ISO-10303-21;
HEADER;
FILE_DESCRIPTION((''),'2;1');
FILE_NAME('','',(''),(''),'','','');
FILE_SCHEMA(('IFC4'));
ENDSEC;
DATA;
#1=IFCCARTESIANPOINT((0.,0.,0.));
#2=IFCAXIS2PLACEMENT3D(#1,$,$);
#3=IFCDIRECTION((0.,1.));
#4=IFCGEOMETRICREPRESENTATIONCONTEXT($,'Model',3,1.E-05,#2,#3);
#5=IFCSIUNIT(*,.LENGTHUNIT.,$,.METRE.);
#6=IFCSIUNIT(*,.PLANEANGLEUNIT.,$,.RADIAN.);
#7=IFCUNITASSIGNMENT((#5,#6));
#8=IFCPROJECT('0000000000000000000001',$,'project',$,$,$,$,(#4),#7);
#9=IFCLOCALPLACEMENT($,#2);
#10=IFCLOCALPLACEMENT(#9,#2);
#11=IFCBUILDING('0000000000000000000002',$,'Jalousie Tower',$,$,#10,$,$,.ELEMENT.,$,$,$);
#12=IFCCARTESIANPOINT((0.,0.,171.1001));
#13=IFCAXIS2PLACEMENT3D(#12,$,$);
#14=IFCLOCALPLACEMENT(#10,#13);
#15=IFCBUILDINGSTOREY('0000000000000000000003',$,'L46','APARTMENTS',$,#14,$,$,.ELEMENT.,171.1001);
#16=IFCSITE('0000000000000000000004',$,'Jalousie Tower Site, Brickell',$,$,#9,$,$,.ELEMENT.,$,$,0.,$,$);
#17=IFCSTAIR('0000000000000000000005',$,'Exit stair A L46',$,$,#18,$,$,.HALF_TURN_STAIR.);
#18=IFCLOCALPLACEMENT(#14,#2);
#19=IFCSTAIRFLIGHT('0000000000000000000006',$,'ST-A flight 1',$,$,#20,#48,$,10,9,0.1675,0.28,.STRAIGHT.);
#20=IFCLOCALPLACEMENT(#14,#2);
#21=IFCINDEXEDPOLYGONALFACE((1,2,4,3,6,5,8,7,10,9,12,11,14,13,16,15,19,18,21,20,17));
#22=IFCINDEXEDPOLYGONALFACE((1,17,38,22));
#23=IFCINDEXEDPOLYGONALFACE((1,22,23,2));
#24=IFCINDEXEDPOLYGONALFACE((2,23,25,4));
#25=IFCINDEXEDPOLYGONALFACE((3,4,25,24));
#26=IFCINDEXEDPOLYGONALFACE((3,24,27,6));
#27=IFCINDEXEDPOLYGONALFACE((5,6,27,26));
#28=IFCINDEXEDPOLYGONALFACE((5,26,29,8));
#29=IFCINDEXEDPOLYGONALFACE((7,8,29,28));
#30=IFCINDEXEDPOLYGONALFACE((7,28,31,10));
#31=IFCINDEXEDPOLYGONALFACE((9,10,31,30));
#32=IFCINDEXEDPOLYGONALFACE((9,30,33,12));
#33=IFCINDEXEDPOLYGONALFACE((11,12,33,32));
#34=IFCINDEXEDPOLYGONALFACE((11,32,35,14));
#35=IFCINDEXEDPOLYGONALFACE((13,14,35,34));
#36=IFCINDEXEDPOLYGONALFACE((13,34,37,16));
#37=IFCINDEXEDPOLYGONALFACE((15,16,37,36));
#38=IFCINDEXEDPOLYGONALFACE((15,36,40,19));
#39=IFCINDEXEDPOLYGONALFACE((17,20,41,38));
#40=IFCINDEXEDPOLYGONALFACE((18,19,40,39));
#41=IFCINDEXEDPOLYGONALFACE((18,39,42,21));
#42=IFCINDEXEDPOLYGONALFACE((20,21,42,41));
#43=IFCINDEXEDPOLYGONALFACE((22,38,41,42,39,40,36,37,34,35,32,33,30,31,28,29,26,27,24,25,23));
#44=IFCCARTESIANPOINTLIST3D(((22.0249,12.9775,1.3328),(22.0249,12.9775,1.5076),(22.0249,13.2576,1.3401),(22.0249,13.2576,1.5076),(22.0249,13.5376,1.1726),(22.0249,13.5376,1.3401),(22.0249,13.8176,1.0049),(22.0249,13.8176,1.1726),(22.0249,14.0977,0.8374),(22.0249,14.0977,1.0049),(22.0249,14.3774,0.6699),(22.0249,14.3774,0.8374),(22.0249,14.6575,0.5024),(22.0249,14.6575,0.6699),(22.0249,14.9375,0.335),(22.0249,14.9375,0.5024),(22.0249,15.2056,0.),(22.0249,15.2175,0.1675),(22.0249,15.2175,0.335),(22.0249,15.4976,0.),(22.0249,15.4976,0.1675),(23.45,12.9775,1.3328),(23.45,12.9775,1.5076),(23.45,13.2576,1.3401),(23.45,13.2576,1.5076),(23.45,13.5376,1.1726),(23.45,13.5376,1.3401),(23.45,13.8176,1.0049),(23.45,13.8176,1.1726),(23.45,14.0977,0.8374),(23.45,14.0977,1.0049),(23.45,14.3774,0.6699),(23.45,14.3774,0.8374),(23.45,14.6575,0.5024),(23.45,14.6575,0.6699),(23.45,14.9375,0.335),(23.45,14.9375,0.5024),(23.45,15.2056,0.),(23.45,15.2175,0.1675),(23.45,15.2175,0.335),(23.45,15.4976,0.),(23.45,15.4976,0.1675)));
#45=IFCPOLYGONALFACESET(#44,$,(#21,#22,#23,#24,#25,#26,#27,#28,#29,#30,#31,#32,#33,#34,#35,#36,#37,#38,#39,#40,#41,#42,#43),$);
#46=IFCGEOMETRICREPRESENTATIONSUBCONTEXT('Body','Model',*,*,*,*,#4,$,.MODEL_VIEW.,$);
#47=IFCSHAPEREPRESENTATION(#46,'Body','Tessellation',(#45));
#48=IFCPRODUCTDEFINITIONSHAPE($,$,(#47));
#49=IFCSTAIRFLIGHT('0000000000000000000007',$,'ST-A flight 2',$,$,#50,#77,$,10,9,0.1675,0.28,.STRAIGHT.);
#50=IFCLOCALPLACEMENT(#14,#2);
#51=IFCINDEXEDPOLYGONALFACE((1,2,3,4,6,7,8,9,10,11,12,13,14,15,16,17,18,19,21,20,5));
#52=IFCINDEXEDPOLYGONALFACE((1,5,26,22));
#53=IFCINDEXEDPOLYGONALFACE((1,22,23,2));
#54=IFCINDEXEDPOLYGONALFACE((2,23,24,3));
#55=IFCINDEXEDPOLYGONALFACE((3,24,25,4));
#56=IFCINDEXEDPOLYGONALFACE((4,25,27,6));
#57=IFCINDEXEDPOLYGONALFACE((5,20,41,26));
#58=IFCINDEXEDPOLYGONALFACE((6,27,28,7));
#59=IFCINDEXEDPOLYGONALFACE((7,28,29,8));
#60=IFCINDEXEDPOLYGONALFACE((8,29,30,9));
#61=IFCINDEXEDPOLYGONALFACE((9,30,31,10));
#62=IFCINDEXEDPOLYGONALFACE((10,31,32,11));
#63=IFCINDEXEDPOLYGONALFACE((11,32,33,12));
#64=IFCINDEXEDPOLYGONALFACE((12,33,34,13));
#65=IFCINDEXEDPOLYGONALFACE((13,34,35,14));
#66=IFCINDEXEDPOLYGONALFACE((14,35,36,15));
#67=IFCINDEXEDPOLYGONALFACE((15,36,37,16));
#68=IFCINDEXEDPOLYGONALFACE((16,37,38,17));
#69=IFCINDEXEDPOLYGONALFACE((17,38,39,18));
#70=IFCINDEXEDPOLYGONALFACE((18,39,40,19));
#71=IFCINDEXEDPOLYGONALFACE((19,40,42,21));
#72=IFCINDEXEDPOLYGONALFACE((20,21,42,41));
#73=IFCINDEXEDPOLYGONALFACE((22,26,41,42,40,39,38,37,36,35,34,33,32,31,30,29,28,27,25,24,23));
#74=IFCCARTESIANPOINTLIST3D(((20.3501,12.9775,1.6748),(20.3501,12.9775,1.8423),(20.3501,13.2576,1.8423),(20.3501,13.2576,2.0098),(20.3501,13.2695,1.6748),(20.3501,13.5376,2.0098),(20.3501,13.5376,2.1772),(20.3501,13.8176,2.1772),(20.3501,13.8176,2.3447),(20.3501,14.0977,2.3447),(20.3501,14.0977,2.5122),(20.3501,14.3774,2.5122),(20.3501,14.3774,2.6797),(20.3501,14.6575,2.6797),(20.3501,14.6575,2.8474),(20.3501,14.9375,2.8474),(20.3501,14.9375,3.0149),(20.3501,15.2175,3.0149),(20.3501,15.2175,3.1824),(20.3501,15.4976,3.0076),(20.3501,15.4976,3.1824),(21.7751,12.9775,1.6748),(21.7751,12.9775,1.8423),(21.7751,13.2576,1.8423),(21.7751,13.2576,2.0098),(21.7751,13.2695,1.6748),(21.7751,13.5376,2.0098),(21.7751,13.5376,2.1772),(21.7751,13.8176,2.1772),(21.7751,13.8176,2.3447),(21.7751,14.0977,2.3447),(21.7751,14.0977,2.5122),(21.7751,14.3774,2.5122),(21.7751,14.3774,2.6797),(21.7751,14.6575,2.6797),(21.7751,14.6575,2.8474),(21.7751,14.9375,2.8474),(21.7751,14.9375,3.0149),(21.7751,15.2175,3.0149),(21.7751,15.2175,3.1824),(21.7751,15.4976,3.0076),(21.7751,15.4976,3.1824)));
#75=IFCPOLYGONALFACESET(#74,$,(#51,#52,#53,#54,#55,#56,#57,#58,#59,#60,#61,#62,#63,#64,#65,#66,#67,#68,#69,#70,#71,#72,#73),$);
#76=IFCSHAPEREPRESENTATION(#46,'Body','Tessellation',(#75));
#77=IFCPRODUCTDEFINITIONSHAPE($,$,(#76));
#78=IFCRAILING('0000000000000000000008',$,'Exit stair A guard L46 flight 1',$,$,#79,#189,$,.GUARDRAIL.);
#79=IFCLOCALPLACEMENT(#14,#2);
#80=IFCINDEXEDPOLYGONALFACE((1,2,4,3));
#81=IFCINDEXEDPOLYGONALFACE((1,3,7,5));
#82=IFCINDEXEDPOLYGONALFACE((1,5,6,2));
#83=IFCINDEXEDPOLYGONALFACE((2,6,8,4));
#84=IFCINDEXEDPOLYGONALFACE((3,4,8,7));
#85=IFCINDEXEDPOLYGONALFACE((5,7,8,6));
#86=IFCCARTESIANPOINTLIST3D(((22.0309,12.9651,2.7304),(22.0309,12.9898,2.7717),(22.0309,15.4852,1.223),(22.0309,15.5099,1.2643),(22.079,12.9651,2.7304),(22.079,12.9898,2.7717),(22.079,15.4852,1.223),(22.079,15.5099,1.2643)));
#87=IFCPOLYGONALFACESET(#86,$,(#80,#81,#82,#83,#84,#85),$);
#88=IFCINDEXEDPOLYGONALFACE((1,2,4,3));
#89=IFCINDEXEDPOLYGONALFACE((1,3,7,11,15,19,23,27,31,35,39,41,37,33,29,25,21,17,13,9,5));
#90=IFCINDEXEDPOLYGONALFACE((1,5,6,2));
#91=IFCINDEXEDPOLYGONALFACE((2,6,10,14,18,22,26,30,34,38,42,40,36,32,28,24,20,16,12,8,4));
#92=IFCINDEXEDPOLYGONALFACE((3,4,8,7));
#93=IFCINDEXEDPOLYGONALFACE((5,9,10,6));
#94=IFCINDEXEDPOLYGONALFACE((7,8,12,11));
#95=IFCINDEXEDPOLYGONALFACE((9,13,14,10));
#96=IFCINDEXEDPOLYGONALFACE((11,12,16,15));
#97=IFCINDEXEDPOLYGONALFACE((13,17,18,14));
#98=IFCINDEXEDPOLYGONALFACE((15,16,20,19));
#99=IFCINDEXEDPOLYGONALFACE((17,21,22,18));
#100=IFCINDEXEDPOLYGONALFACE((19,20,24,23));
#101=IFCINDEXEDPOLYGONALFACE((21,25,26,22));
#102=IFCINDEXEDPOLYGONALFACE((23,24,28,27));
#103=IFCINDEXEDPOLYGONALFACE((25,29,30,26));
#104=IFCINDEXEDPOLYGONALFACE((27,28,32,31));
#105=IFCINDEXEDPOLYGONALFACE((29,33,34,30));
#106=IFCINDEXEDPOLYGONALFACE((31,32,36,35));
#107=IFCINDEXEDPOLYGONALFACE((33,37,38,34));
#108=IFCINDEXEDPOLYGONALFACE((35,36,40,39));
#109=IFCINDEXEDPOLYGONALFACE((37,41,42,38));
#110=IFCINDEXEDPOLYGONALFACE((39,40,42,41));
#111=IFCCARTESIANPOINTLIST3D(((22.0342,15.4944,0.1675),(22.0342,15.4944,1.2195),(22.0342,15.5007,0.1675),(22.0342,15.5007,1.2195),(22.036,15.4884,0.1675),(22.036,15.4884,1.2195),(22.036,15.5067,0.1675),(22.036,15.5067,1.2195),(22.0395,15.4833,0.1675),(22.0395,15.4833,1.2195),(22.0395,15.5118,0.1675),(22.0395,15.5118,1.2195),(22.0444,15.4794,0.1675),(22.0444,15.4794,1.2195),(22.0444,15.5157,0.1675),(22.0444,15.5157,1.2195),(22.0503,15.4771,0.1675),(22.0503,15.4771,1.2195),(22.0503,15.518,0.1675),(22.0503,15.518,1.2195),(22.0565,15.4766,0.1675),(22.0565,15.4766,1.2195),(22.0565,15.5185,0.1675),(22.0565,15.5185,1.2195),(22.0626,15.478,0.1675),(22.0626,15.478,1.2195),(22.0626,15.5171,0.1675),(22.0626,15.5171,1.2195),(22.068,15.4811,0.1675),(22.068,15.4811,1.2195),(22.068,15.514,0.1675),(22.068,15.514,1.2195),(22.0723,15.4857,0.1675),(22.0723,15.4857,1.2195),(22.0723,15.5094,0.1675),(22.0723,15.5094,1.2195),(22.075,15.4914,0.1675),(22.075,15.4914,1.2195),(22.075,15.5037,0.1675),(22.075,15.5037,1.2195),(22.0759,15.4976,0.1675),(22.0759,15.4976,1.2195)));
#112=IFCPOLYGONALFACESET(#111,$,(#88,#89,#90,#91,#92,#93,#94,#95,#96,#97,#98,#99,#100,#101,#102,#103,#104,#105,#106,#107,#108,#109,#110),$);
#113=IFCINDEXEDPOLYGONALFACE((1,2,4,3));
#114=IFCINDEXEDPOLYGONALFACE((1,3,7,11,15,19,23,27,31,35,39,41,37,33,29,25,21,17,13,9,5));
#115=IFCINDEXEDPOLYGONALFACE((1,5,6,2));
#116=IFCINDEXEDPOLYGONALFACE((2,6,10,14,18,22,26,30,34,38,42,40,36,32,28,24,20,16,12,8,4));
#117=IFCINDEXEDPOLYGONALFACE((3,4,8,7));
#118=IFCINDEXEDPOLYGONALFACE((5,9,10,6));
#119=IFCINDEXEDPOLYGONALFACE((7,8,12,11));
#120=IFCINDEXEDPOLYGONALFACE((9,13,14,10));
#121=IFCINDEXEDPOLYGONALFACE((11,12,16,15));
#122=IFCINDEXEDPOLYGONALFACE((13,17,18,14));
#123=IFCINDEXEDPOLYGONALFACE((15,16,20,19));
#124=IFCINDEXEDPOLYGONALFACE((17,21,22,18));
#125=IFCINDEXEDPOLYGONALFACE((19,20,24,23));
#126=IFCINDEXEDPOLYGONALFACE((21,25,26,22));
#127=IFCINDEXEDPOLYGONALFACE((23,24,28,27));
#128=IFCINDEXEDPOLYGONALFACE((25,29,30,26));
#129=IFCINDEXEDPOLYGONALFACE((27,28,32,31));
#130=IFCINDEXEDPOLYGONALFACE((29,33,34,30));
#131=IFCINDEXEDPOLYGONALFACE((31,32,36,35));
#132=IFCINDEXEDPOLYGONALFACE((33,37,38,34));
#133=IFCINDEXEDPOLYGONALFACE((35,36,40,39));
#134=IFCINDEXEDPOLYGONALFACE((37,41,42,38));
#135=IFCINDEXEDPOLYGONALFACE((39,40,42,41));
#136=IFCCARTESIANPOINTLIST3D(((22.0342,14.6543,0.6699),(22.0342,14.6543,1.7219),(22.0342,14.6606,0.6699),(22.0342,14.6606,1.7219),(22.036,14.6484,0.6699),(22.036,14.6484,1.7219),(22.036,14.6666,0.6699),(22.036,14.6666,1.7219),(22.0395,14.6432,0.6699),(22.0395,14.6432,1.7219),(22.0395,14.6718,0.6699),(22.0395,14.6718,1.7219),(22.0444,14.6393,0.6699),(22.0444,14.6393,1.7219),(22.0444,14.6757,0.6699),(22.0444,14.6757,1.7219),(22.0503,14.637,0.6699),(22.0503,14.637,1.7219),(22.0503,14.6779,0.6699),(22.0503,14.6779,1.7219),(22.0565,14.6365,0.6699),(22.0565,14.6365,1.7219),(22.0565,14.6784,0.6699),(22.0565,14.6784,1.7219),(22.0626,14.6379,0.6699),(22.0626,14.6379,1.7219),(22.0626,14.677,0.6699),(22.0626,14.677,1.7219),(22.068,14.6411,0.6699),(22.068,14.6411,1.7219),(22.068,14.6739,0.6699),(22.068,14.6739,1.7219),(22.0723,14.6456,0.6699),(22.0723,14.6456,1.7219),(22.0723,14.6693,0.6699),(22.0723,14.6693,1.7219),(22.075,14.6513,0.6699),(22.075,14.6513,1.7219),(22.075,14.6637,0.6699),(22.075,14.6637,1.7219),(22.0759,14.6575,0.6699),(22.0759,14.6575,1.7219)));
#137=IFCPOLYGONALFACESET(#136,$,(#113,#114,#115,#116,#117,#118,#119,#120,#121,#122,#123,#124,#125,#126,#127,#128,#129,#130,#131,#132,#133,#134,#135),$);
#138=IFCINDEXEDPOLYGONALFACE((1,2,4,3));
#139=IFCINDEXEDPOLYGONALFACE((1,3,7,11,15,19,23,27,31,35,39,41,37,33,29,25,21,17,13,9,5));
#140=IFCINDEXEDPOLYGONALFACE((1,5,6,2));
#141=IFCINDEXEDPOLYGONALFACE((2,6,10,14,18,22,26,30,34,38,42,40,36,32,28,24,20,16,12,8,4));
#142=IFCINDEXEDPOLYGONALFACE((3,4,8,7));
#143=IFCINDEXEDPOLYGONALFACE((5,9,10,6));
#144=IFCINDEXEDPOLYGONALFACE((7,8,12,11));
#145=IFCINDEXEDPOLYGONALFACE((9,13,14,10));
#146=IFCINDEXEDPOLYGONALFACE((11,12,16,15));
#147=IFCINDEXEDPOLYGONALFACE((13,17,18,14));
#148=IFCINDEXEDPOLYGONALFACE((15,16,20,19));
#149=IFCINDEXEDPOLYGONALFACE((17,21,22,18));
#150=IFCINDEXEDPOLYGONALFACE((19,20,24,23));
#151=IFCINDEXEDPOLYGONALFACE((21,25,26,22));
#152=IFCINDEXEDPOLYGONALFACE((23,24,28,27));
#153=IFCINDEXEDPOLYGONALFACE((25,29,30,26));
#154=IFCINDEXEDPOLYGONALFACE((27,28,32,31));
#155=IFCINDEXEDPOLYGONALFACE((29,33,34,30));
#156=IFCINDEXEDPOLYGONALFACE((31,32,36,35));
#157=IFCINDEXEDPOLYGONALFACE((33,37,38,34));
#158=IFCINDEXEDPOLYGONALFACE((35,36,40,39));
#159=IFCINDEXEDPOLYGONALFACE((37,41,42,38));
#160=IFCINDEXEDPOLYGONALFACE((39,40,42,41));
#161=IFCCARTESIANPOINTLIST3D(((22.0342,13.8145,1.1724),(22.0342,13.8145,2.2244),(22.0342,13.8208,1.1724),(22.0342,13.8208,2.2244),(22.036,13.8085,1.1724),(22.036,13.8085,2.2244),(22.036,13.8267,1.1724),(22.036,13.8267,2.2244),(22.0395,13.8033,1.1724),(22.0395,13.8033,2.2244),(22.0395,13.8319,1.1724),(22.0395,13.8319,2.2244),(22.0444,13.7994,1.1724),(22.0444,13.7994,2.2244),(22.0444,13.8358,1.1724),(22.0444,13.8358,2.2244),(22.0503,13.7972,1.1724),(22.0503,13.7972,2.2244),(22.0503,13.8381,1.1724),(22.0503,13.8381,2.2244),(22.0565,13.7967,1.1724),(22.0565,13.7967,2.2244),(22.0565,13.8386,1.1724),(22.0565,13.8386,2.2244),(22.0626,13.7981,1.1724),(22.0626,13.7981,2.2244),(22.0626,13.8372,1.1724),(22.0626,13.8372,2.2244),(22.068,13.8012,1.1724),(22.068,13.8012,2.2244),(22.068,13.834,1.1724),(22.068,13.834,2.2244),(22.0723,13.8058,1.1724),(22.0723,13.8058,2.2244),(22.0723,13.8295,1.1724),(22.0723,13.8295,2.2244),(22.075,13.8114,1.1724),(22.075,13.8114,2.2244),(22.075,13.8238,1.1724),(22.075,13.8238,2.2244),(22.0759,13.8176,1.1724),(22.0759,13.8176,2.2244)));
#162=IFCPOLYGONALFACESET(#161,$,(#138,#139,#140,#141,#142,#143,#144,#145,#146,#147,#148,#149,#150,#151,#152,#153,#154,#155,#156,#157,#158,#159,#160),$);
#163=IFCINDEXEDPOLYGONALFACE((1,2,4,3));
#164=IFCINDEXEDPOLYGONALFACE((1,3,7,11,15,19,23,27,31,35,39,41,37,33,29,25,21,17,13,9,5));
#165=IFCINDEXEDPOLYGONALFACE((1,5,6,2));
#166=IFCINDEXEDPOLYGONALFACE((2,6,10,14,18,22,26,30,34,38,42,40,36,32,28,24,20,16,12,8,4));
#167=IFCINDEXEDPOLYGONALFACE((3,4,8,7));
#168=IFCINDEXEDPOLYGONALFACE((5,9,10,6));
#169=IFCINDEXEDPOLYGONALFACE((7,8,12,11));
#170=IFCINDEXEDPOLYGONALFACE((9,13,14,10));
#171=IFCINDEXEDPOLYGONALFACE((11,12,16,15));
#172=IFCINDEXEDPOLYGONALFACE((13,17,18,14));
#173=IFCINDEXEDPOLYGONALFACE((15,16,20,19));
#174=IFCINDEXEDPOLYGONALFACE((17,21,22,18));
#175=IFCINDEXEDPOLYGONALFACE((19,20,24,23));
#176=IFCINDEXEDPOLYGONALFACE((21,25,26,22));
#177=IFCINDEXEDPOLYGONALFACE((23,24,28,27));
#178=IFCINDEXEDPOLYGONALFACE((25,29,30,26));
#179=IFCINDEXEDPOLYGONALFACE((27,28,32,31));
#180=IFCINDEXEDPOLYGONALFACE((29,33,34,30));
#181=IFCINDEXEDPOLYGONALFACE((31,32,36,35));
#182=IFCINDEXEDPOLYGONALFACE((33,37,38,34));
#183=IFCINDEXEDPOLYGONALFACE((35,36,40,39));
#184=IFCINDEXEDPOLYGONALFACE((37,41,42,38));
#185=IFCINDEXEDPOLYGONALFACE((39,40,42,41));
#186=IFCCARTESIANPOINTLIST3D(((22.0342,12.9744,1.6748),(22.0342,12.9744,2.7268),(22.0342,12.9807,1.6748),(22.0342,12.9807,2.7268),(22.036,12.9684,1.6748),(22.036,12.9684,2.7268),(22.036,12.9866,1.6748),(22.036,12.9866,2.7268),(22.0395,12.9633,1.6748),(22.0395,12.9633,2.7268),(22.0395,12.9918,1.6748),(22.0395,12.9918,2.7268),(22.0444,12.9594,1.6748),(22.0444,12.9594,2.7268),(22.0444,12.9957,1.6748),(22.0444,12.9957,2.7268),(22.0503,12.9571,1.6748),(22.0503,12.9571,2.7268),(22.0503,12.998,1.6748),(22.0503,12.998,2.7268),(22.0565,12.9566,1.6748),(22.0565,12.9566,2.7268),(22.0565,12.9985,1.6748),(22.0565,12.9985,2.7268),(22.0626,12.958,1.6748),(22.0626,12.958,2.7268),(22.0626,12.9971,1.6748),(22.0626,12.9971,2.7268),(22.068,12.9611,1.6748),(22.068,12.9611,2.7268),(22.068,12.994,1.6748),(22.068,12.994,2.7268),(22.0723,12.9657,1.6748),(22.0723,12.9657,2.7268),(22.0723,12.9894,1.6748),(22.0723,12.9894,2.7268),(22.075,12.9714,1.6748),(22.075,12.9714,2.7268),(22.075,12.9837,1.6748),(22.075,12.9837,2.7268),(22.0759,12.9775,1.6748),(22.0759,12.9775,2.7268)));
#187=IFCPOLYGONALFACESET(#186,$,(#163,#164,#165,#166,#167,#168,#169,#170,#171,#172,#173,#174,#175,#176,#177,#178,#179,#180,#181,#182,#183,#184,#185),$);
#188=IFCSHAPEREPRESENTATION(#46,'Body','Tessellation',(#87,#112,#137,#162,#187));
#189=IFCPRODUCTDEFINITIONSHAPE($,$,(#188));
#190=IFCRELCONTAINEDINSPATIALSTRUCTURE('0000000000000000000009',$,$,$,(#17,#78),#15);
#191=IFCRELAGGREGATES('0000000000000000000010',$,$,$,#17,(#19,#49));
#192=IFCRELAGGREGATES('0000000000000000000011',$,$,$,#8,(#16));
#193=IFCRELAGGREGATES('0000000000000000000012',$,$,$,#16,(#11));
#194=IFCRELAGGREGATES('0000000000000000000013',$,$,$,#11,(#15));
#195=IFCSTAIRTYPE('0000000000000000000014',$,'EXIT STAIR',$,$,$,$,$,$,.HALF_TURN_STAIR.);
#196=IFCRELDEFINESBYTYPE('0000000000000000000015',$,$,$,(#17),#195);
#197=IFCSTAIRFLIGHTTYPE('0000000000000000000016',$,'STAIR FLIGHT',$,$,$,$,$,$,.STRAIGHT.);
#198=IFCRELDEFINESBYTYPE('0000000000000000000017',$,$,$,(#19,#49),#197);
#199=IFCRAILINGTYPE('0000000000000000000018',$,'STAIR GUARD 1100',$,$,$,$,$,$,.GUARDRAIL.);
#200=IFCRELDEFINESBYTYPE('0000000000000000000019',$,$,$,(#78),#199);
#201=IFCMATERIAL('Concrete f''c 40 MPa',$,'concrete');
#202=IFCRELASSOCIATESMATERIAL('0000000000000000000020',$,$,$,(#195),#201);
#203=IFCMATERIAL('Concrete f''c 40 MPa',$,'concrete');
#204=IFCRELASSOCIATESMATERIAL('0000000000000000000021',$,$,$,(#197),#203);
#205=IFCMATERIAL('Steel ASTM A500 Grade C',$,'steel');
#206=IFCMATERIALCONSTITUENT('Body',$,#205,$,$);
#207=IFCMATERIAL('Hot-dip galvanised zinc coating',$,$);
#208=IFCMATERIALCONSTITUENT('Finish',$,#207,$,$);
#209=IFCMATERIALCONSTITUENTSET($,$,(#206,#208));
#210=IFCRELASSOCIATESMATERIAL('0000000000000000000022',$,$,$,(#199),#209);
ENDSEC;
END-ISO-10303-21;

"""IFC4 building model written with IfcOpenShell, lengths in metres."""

from ifc_helpers import new_model, si_unit, direction, frame, origin, origin_2d, place, context, subcontext, project, spatial, polyline, rectangle, circle, outline, extrude, material, constituent, constituent_set, type_object, element, aggregate, save


model = new_model("IFC4")

# Units and contexts
model_context = context("Model", 3, precision=1e-05, world=origin(), true_north=direction((0.0, 1.0)))
body_context = subcontext(model_context, "Body", "Model", "MODEL_VIEW")
ifc_project = project(units=[si_unit("LENGTHUNIT", "METRE"), si_unit("PLANEANGLEUNIT", "RADIAN")], contexts=[model_context])

# Site, building, storey
site_placement = place(None, origin())
site = spatial("IfcSite", under=ifc_project, at=site_placement, Name="Jalousie Tower Site, Brickell", CompositionType="ELEMENT", RefElevation=0.0)
building_placement = place(site_placement, origin())
building = spatial("IfcBuilding", under=site, at=building_placement, Name="Jalousie Tower", CompositionType="ELEMENT")
storey_placement = place(building_placement, frame((0.0, 0.0, 171.1001)))
storey = spatial("IfcBuildingStorey", under=building, at=storey_placement, Name="L46", Description="APARTMENTS", CompositionType="ELEMENT", Elevation=171.1001)

# Stair, stair flights
ifc_material_1 = material(Name="Concrete f'c 40 MPa", Category="concrete")
stair_type = type_object("IfcStairType", Name="EXIT STAIR", PredefinedType="HALF_TURN_STAIR", material=ifc_material_1)
stair_placement = place(storey_placement, origin())
stair = element("IfcStair", 1, at=stair_placement, inside=storey, type_object=stair_type, Name="Exit stair A L46", PredefinedType="HALF_TURN_STAIR")
ifc_material_2 = material(Name="Concrete f'c 40 MPa", Category="concrete")
stair_flight_type = type_object("IfcStairFlightType", Name="STAIR FLIGHT", PredefinedType="STRAIGHT", material=ifc_material_2)
stair_flight_1_placement = place(storey_placement, frame((22.7375, 15.4976, 0.0), z_axis=(0.0, 0.0, 1.0), x_axis=(0.0, -1.0, 0.0)))
stair_flight_1 = element("IfcStairFlight", 2, at=stair_flight_1_placement, type_object=stair_flight_type, Name="ST-A flight 1", NumberOfRisers=10, NumberOfTreads=9, PredefinedType="STRAIGHT", RiserHeight=0.1675, TreadLength=0.28, context=body_context, shape_type="SweptSolid", body=[
    extrude(outline(polyline([(0.0, 0.0), (0.0, 0.1675), (0.28, 0.1675), (0.28, 0.335), (0.5601, 0.335), (0.5601, 0.5024), (0.8401, 0.5024), (0.8401, 0.6699), (1.1201, 0.6699), (1.1201, 0.8374), (1.3999, 0.8374), (1.3999, 1.0049), (1.6799, 1.0049), (1.6799, 1.1726), (1.96, 1.1726), (1.96, 1.3401), (2.24, 1.3401), (2.24, 1.5076), (2.52, 1.5076), (2.52, 1.675), (2.52, 1.3328), (0.292, 0.0), (0.0, 0.0)])), frame((0.0, 0.7124, 0.0), z_axis=(0.0, -1.0, 0.0), x_axis=(1.0, 0.0, 0.0)), (0.0, 0.0, 1.0), 1.425),
])
stair_flight_2_placement = place(storey_placement, frame((21.0625, 12.9775, 1.6748), z_axis=(0.0, 0.0, 1.0), x_axis=(0.0, 1.0, 0.0)))
stair_flight_2 = element("IfcStairFlight", 3, at=stair_flight_2_placement, type_object=stair_flight_type, Name="ST-A flight 2", NumberOfRisers=10, NumberOfTreads=9, PredefinedType="STRAIGHT", RiserHeight=0.1675, TreadLength=0.28, context=body_context, shape_type="SweptSolid", body=[
    extrude(outline(polyline([(0.0, 0.0), (0.0, 0.1675), (0.28, 0.1675), (0.28, 0.335), (0.5601, 0.335), (0.5601, 0.5024), (0.8401, 0.5024), (0.8401, 0.6699), (1.1201, 0.6699), (1.1201, 0.8374), (1.3999, 0.8374), (1.3999, 1.0049), (1.6799, 1.0049), (1.6799, 1.1726), (1.96, 1.1726), (1.96, 1.3401), (2.24, 1.3401), (2.24, 1.5076), (2.52, 1.5076), (2.52, 1.675), (2.52, 1.3328), (0.292, 0.0), (0.0, 0.0)])), frame((0.0, 0.7124, 0.0), z_axis=(0.0, -1.0, 0.0), x_axis=(1.0, 0.0, 0.0)), (0.0, 0.0, 1.0), 1.425),
])
aggregate(stair, [stair_flight_1, stair_flight_2])

# Railing
ifc_material_3 = material(Name="Steel ASTM A500 Grade C", Category="steel")
ifc_constituent_1 = constituent(ifc_material_3, Name="Body")
ifc_material_4 = material(Name="Hot-dip galvanised zinc coating")
ifc_constituent_2 = constituent(ifc_material_4, Name="Finish")
ifc_constituent_set_1 = constituent_set(constituents=[ifc_constituent_1, ifc_constituent_2])
railing_type_1 = type_object("IfcRailingType", Name="STAIR GUARD 1100", PredefinedType="GUARDRAIL", material=ifc_constituent_set_1)
railing_1_placement = place(storey_placement, frame((22.0549, 15.4976, 0.1675)))
element("IfcRailing", 4, at=railing_1_placement, inside=storey, type_object=railing_type_1, Name="Exit stair A guard L46 flight 1", PredefinedType="GUARDRAIL", context=body_context, shape_type="SweptSolid", body=[
    extrude(rectangle(XDim=0.0481, YDim=0.0481, at=origin_2d()), frame((0.0, 0.0, 1.0762), z_axis=(0.0, -0.858196, 0.513321), x_axis=(1.0, 0.0, 0.0)), (0.0, 0.0, 1.0), 2.9365),
    extrude(circle(Radius=0.021, at=origin_2d()), origin(), (0.0, 0.0, 1.0), 1.052),
    extrude(circle(Radius=0.021, at=origin_2d()), frame((0.0, -0.8401, 0.5024)), (0.0, 0.0, 1.0), 1.052),
    extrude(circle(Radius=0.021, at=origin_2d()), frame((0.0, -1.6799, 1.0049)), (0.0, 0.0, 1.0), 1.052),
    extrude(circle(Radius=0.021, at=origin_2d()), frame((0.0, -2.52, 1.5073)), (0.0, 0.0, 1.0), 1.052),
])

save(model, "model.ifc")
